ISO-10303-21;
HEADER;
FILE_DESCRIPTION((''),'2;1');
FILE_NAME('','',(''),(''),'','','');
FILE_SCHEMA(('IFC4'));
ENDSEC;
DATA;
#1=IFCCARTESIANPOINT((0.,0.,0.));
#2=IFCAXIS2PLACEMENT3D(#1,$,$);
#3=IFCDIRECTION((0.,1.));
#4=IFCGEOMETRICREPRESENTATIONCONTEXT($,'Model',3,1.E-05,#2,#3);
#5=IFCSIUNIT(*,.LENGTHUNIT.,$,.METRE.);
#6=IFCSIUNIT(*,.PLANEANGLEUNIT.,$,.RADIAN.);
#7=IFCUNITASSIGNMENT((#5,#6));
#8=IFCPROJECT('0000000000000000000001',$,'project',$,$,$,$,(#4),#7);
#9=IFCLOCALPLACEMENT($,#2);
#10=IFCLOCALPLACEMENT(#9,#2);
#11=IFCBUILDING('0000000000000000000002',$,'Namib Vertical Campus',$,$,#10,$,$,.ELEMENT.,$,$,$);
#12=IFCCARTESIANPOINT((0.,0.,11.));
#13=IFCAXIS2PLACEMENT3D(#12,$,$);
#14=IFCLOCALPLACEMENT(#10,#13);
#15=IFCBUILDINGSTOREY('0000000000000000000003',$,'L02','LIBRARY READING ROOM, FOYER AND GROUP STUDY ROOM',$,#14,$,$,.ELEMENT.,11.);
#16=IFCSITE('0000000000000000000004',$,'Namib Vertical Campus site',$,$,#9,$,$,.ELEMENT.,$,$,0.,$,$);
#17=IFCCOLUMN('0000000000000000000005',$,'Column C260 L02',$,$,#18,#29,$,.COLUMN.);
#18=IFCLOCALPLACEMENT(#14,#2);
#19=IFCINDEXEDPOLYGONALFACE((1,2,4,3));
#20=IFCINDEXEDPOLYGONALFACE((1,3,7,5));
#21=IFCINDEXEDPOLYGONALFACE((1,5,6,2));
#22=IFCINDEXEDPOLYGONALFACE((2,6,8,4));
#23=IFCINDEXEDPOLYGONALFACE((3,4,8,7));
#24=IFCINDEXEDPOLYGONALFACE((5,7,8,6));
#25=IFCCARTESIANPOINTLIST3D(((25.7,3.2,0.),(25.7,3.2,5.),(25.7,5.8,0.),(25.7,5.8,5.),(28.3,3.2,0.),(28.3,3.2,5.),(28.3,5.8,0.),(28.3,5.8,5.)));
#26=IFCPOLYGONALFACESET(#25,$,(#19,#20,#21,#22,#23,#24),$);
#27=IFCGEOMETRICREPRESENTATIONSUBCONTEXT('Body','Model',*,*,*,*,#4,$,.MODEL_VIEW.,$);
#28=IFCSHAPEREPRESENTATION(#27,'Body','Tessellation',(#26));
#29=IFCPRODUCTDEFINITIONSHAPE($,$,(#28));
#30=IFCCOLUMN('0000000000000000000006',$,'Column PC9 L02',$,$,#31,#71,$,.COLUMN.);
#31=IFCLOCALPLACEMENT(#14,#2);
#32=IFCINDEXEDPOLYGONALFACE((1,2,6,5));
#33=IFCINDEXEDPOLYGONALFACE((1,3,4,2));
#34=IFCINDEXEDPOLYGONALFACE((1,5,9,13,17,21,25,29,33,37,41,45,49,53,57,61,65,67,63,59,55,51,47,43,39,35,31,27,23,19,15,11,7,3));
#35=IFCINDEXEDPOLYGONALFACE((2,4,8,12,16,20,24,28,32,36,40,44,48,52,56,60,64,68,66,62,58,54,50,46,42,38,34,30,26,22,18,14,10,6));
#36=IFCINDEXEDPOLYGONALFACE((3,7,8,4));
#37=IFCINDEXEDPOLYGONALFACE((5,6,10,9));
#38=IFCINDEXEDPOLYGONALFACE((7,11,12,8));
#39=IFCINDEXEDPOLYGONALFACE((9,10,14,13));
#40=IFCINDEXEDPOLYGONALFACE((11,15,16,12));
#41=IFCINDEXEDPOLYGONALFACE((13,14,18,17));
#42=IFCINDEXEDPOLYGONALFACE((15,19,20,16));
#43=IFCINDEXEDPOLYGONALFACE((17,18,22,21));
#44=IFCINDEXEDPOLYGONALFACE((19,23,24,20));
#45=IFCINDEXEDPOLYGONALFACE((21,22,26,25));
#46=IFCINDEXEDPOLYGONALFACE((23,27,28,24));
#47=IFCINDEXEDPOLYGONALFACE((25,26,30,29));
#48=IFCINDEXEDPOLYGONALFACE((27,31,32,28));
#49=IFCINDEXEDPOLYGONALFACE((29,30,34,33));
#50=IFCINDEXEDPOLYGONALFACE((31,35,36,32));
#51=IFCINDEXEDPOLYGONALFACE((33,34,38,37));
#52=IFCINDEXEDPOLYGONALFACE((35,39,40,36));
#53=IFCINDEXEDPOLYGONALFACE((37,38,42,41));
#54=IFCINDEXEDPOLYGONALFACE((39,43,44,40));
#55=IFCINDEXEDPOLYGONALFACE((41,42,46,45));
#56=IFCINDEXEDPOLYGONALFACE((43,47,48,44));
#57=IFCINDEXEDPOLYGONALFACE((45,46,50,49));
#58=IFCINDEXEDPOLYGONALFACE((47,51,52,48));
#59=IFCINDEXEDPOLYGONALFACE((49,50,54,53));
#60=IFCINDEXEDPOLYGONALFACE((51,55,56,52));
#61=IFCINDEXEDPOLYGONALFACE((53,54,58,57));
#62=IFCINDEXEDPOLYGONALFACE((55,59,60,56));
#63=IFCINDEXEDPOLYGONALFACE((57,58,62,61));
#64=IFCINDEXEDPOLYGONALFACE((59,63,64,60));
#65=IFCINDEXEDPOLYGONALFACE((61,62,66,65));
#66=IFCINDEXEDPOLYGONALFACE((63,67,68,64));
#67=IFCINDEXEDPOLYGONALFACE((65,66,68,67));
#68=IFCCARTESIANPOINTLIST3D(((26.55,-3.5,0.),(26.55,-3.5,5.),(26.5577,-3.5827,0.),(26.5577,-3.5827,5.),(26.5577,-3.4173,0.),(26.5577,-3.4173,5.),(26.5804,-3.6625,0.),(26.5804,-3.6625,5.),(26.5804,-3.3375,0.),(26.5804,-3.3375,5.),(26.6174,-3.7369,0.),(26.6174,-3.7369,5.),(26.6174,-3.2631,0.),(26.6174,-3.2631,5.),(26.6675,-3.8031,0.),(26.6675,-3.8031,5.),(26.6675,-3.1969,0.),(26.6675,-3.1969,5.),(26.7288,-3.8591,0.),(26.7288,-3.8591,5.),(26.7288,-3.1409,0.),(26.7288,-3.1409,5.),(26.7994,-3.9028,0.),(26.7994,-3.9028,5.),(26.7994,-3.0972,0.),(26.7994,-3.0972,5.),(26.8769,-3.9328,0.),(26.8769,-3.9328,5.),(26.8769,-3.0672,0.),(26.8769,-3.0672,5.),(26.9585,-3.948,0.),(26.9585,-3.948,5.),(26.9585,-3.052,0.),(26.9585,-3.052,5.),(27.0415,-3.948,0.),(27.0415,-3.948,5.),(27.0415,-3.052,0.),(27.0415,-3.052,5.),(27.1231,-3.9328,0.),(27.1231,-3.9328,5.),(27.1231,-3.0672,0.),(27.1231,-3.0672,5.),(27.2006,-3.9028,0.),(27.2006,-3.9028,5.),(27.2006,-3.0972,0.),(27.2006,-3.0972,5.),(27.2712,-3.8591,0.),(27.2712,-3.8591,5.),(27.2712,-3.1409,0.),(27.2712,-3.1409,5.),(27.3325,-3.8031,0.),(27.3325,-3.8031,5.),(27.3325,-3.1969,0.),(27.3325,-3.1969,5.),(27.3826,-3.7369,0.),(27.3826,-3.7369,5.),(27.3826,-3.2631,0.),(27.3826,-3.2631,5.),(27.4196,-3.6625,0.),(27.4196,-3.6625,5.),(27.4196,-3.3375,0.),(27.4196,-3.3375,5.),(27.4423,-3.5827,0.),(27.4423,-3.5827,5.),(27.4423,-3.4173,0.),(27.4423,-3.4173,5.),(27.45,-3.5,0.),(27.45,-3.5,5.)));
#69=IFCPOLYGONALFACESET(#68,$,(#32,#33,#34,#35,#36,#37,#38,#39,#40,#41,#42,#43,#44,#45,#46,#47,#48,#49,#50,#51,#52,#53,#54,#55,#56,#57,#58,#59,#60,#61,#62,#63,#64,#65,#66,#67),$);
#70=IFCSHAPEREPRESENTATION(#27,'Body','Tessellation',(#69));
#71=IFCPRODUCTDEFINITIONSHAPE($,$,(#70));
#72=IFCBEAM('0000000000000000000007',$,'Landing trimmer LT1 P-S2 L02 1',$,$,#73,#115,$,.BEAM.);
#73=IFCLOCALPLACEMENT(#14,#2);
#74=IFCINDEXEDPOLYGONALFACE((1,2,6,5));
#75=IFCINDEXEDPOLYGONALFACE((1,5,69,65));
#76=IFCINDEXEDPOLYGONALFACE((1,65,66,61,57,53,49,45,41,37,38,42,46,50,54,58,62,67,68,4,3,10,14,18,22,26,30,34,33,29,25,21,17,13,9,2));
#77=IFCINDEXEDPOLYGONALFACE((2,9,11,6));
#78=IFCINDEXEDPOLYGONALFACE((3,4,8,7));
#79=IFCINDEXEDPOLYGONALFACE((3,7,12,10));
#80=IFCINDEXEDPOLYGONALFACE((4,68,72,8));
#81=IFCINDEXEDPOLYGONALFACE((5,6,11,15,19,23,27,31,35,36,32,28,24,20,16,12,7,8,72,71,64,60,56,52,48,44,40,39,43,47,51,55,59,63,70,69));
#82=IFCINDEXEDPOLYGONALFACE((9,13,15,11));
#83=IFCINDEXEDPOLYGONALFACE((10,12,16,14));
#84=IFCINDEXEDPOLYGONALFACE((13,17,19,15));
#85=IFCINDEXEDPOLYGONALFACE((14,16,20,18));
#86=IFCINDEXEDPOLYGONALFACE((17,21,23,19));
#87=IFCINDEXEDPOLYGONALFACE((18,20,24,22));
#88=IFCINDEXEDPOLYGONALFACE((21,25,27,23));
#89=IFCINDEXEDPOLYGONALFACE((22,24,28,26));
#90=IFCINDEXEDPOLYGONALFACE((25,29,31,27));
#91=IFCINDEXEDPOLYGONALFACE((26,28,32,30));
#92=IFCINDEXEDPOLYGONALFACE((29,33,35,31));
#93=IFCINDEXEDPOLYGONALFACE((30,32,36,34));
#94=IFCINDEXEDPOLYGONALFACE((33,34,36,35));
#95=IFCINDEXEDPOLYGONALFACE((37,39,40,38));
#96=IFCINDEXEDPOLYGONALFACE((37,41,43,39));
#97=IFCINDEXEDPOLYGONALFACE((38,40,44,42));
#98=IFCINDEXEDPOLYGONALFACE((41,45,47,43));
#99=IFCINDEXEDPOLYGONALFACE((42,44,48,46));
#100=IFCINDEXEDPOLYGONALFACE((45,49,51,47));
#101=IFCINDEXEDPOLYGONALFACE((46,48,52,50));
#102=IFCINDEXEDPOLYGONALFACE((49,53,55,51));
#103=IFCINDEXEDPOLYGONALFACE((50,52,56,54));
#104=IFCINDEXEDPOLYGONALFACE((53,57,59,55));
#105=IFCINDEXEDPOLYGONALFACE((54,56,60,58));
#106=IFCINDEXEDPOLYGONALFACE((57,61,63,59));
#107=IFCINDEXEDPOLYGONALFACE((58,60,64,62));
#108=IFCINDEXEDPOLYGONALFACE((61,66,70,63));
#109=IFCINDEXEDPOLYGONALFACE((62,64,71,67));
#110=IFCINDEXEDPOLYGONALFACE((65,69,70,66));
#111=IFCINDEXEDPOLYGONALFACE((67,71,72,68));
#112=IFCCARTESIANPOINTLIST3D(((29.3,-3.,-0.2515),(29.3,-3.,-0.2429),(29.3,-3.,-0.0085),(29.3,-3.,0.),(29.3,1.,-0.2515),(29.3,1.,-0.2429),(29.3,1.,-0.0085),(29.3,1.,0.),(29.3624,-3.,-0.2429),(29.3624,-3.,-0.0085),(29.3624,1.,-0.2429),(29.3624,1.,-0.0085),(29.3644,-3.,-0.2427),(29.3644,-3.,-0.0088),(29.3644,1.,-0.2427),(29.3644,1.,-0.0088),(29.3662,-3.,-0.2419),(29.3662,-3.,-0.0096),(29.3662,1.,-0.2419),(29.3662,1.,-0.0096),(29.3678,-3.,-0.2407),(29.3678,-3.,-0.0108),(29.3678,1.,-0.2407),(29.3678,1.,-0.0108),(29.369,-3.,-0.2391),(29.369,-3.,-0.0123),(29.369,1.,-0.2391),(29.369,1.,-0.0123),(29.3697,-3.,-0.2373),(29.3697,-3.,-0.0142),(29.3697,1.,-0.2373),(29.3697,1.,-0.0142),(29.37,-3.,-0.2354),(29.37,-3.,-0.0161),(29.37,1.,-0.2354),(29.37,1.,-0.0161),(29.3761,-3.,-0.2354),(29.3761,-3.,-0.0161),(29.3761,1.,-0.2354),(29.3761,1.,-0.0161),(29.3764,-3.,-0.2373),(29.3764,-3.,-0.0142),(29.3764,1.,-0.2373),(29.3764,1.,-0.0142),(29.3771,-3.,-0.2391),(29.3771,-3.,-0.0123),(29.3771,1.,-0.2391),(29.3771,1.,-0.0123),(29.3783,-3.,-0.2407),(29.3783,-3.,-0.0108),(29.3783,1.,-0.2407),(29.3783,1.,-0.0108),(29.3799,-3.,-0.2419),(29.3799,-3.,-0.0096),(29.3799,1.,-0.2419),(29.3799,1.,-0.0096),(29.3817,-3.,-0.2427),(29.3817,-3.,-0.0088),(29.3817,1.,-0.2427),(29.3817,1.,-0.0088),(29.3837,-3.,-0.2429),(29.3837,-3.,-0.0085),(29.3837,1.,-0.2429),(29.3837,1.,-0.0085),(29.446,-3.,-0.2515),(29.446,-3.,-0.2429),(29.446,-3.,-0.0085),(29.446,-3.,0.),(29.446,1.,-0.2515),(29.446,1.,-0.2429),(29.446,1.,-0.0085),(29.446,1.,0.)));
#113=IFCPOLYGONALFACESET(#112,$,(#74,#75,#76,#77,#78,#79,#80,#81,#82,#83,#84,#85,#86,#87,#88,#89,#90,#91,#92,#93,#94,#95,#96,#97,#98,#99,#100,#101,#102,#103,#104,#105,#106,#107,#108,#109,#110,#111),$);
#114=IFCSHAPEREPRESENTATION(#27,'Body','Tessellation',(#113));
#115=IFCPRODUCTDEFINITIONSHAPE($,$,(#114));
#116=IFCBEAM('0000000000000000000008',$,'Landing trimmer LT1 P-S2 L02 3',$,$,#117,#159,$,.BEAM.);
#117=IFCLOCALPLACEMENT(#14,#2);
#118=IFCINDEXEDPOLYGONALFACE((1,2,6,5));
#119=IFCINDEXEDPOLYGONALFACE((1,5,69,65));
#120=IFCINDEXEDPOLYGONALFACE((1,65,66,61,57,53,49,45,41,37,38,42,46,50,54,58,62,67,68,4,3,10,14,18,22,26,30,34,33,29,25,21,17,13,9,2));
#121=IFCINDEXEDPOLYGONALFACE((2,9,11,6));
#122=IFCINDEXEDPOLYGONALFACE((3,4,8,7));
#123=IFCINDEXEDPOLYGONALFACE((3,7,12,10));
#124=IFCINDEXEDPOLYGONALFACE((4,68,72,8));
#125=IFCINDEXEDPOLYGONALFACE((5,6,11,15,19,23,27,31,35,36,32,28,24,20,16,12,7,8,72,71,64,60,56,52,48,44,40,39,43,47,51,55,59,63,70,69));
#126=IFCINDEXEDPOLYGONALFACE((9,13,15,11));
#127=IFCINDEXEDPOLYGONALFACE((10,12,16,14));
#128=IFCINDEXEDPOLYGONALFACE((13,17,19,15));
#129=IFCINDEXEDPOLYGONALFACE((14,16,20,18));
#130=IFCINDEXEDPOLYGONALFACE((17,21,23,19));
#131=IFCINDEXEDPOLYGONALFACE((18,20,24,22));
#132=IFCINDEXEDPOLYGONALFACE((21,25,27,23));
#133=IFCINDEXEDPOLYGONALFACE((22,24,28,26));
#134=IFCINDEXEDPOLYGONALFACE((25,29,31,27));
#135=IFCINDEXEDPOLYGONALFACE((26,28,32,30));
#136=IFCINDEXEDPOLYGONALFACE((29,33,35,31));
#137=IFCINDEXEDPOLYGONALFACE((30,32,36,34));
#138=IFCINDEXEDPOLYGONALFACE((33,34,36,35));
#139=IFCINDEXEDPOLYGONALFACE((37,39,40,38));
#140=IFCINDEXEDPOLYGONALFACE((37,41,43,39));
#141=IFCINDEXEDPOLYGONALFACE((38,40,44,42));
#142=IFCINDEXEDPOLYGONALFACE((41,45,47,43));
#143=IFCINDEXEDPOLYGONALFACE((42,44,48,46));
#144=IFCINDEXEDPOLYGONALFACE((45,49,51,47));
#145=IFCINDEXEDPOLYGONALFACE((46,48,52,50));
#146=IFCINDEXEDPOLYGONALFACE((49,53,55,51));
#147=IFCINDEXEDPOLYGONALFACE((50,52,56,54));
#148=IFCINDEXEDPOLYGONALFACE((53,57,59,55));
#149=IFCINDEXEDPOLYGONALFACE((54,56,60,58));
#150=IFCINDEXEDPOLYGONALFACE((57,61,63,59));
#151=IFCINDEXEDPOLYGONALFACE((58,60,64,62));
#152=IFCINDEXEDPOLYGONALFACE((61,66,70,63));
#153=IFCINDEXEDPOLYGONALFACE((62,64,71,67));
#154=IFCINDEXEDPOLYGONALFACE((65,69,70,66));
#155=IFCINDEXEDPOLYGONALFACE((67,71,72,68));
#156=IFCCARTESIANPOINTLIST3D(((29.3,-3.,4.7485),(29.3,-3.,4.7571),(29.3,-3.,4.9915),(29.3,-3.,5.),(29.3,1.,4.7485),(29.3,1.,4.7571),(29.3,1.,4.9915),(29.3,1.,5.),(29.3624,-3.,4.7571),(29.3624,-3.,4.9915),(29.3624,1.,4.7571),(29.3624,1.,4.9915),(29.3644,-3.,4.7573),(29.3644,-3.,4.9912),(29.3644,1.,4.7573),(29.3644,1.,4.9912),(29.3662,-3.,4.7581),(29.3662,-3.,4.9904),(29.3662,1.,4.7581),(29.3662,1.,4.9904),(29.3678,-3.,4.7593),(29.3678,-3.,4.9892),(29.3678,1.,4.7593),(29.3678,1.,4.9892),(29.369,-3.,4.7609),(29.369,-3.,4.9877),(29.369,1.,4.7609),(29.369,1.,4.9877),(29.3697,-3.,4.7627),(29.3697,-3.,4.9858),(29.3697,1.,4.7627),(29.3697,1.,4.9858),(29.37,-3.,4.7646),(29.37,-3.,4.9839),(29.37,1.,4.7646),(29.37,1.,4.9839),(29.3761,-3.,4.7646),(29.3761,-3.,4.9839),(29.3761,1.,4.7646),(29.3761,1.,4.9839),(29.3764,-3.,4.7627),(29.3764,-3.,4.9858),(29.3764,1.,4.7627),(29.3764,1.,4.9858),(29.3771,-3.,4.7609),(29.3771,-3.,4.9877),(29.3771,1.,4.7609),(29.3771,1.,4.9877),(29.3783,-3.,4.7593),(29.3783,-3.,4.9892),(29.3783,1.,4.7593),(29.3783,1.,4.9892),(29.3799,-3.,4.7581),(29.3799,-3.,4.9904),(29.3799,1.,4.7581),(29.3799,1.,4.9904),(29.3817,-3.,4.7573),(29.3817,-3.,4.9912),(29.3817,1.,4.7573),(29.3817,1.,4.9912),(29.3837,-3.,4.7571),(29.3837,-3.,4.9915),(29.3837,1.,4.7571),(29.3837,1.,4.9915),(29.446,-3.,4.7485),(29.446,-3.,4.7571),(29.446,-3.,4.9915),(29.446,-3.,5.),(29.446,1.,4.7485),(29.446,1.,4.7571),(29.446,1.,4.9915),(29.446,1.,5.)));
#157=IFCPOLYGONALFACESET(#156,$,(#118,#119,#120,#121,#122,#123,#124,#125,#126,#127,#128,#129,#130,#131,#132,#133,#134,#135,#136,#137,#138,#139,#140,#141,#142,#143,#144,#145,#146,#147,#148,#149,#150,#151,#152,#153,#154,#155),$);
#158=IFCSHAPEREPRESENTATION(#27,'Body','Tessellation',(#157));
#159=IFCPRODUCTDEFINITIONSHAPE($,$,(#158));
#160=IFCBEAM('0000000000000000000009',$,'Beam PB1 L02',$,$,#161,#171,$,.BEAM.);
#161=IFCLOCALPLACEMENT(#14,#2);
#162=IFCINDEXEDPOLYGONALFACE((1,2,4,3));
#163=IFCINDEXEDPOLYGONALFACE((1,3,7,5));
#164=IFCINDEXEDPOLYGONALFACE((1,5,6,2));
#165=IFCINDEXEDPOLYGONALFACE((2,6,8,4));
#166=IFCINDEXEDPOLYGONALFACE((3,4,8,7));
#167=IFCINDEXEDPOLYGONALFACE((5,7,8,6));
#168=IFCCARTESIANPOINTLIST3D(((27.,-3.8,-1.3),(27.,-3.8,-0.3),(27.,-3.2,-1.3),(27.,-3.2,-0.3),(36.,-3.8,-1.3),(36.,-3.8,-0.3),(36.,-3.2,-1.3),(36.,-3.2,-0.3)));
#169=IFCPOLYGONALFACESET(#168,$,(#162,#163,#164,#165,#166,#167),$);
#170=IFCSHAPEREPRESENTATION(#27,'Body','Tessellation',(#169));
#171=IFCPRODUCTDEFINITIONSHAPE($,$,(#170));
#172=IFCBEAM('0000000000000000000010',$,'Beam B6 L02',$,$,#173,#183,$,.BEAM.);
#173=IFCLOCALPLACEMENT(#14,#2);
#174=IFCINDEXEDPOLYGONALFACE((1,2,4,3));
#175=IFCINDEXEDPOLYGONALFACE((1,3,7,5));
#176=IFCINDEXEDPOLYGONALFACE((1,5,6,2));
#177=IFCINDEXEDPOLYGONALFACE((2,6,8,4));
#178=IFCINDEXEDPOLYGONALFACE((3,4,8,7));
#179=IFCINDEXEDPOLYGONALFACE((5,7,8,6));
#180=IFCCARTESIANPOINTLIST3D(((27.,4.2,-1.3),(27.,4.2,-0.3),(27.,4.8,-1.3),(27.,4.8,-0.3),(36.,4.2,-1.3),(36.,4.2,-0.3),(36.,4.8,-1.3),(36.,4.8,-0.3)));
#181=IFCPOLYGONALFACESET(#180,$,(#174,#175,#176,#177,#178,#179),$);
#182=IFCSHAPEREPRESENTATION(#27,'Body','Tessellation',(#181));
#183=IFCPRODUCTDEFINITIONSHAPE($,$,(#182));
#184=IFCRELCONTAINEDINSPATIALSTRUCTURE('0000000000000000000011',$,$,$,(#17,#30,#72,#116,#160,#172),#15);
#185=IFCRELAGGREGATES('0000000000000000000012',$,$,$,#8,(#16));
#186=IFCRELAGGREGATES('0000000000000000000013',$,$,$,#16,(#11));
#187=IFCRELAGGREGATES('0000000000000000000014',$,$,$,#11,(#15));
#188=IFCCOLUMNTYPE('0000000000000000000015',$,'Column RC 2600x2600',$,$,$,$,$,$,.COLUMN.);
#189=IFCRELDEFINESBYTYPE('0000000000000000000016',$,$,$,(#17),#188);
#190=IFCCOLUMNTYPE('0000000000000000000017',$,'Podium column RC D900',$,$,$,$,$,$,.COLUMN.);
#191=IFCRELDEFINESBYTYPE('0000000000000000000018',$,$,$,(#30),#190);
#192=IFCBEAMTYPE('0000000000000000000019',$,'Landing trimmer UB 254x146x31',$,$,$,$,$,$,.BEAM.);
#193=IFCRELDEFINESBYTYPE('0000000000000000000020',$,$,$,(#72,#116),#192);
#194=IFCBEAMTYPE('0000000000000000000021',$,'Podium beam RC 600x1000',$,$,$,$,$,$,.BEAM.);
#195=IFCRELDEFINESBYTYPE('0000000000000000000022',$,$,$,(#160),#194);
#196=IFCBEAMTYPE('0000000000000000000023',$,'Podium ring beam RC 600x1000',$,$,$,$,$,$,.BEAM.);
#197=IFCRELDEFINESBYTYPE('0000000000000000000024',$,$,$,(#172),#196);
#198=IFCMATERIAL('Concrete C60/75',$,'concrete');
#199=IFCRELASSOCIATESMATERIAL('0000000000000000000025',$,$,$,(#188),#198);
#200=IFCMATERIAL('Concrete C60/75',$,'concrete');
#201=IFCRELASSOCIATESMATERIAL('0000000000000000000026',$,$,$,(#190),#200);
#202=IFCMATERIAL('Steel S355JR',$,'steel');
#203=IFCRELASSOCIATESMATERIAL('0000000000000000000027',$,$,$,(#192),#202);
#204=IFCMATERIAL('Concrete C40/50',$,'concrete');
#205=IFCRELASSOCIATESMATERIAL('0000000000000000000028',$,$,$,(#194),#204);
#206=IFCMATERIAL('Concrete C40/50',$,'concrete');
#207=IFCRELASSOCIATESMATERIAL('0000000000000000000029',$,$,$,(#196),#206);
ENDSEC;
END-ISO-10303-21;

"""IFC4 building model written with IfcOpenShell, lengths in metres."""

from ifc_helpers import new_model, si_unit, direction, frame, origin, origin_2d, place, context, subcontext, project, spatial, rectangle, circle, i_section, extrude, material, material_profile, profile_set, type_object, element, save


model = new_model("IFC4")

# Units and contexts
model_context = context("Model", 3, precision=1e-05, world=origin(), true_north=direction((0.0, 1.0)))
body_context = subcontext(model_context, "Body", "Model", "MODEL_VIEW")
ifc_project = project(units=[si_unit("LENGTHUNIT", "METRE"), si_unit("PLANEANGLEUNIT", "RADIAN")], contexts=[model_context])

# Site, building, storey
site_placement = place(None, origin())
site = spatial("IfcSite", under=ifc_project, at=site_placement, Name="Namib Vertical Campus site", CompositionType="ELEMENT", RefElevation=0.0)
building_placement = place(site_placement, origin())
building = spatial("IfcBuilding", under=site, at=building_placement, Name="Namib Vertical Campus", CompositionType="ELEMENT")
storey_placement = place(building_placement, frame((0.0, 0.0, 11.0)))
storey = spatial("IfcBuildingStorey", under=building, at=storey_placement, Name="L02", Description="LIBRARY READING ROOM, FOYER AND GROUP STUDY ROOM", CompositionType="ELEMENT", Elevation=11.0)

# Columns
ifc_material_1 = material(Name="Concrete C60/75", Category="concrete")
ifc_material_profile_1 = material_profile(ifc_material_1, rectangle(XDim=2.6001, YDim=2.6001, at=origin_2d()))
ifc_profile_set_1 = profile_set([ifc_material_profile_1], Name="Concrete C60/75")
column_type_1 = type_object("IfcColumnType", Name="Column RC 2600x2600", PredefinedType="COLUMN", material=ifc_profile_set_1)
column_1_placement = place(storey_placement, frame((27.0, 4.5, 0.0), z_axis=(0.0, 0.0, 1.0), x_axis=(1.0, 0.0, 0.0)))
element("IfcColumn", 1, at=column_1_placement, inside=storey, type_object=column_type_1, Name="Column C260 L02", PredefinedType="COLUMN", context=body_context, shape_type="SweptSolid", body=[
    extrude(rectangle(XDim=2.6001, YDim=2.6001, at=origin_2d()), origin(), (0.0, 0.0, 1.0), 5.0),
])
ifc_material_2 = material(Name="Concrete C60/75", Category="concrete")
ifc_material_profile_2 = material_profile(ifc_material_2, circle(Radius=0.45, at=origin_2d()))
ifc_profile_set_2 = profile_set([ifc_material_profile_2], Name="Concrete C60/75")
column_type_2 = type_object("IfcColumnType", Name="Podium column RC D900", PredefinedType="COLUMN", material=ifc_profile_set_2)
column_2_placement = place(storey_placement, frame((27.0, -3.5, 0.0), z_axis=(0.0, 0.0, 1.0), x_axis=(1.0, 0.0, 0.0)))
element("IfcColumn", 2, at=column_2_placement, inside=storey, type_object=column_type_2, Name="Column PC9 L02", PredefinedType="COLUMN", context=body_context, shape_type="SweptSolid", body=[
    extrude(circle(Radius=0.45, at=origin_2d()), origin(), (0.0, 0.0, 1.0), 5.0),
])

# Beams
ifc_material_3 = material(Name="Steel S355JR", Category="steel")
ifc_material_profile_3 = material_profile(ifc_material_3, i_section(OverallWidth=0.146, OverallDepth=0.2515, WebThickness=0.0061, FlangeThickness=0.0085, FilletRadius=0.0076, at=origin_2d()))
ifc_profile_set_3 = profile_set([ifc_material_profile_3], Name="Steel S355JR")
beam_type_1 = type_object("IfcBeamType", Name="Landing trimmer UB 254x146x31", PredefinedType="BEAM", material=ifc_profile_set_3)
for number, where, z_axis, x_axis, name in (
    (3, (29.373, -3.0, -0.1257), (0.0, 1.0, 0.0), (-1.0, 0.0, 0.0), "Landing trimmer LT1 P-S2 L02 1"),
    (4, (29.373, -3.0, 4.8743), (0.0, 1.0, 0.0), (-1.0, 0.0, 0.0), "Landing trimmer LT1 P-S2 L02 3"),
):
    element("IfcBeam", number, at=place(storey_placement, frame(where, z_axis=z_axis, x_axis=x_axis)), inside=storey, type_object=beam_type_1, Name=name, PredefinedType="BEAM", context=body_context, shape_type="SweptSolid", body=[
        extrude(i_section(OverallWidth=0.146, OverallDepth=0.2515, WebThickness=0.0061, FlangeThickness=0.0085, FilletRadius=0.0076, at=origin_2d()), origin(), (0.0, 0.0, 1.0), 4.0),
    ])
ifc_material_4 = material(Name="Concrete C40/50", Category="concrete")
ifc_material_profile_4 = material_profile(ifc_material_4, rectangle(XDim=0.6001, YDim=1.0, at=origin_2d()))
ifc_profile_set_4 = profile_set([ifc_material_profile_4], Name="Concrete C40/50")
beam_type_2 = type_object("IfcBeamType", Name="Podium beam RC 600x1000", PredefinedType="BEAM", material=ifc_profile_set_4)
beam_1_placement = place(storey_placement, frame((27.0, -3.5, -0.8), z_axis=(1.0, 0.0, 0.0), x_axis=(0.0, 1.0, 0.0)))
element("IfcBeam", 5, at=beam_1_placement, inside=storey, type_object=beam_type_2, Name="Beam PB1 L02", PredefinedType="BEAM", context=body_context, shape_type="SweptSolid", body=[
    extrude(rectangle(XDim=0.6001, YDim=1.0, at=origin_2d()), origin(), (0.0, 0.0, 1.0), 9.0),
])
ifc_material_5 = material(Name="Concrete C40/50", Category="concrete")
ifc_material_profile_5 = material_profile(ifc_material_5, rectangle(XDim=0.6001, YDim=1.0, at=origin_2d()))
ifc_profile_set_5 = profile_set([ifc_material_profile_5], Name="Concrete C40/50")
beam_type_3 = type_object("IfcBeamType", Name="Podium ring beam RC 600x1000", PredefinedType="BEAM", material=ifc_profile_set_5)
beam_2_placement = place(storey_placement, frame((27.0, 4.5, -0.8), z_axis=(1.0, 0.0, 0.0), x_axis=(0.0, 1.0, 0.0)))
element("IfcBeam", 6, at=beam_2_placement, inside=storey, type_object=beam_type_3, Name="Beam B6 L02", PredefinedType="BEAM", context=body_context, shape_type="SweptSolid", body=[
    extrude(rectangle(XDim=0.6001, YDim=1.0, at=origin_2d()), origin(), (0.0, 0.0, 1.0), 9.0),
])

save(model, "model.ifc")
